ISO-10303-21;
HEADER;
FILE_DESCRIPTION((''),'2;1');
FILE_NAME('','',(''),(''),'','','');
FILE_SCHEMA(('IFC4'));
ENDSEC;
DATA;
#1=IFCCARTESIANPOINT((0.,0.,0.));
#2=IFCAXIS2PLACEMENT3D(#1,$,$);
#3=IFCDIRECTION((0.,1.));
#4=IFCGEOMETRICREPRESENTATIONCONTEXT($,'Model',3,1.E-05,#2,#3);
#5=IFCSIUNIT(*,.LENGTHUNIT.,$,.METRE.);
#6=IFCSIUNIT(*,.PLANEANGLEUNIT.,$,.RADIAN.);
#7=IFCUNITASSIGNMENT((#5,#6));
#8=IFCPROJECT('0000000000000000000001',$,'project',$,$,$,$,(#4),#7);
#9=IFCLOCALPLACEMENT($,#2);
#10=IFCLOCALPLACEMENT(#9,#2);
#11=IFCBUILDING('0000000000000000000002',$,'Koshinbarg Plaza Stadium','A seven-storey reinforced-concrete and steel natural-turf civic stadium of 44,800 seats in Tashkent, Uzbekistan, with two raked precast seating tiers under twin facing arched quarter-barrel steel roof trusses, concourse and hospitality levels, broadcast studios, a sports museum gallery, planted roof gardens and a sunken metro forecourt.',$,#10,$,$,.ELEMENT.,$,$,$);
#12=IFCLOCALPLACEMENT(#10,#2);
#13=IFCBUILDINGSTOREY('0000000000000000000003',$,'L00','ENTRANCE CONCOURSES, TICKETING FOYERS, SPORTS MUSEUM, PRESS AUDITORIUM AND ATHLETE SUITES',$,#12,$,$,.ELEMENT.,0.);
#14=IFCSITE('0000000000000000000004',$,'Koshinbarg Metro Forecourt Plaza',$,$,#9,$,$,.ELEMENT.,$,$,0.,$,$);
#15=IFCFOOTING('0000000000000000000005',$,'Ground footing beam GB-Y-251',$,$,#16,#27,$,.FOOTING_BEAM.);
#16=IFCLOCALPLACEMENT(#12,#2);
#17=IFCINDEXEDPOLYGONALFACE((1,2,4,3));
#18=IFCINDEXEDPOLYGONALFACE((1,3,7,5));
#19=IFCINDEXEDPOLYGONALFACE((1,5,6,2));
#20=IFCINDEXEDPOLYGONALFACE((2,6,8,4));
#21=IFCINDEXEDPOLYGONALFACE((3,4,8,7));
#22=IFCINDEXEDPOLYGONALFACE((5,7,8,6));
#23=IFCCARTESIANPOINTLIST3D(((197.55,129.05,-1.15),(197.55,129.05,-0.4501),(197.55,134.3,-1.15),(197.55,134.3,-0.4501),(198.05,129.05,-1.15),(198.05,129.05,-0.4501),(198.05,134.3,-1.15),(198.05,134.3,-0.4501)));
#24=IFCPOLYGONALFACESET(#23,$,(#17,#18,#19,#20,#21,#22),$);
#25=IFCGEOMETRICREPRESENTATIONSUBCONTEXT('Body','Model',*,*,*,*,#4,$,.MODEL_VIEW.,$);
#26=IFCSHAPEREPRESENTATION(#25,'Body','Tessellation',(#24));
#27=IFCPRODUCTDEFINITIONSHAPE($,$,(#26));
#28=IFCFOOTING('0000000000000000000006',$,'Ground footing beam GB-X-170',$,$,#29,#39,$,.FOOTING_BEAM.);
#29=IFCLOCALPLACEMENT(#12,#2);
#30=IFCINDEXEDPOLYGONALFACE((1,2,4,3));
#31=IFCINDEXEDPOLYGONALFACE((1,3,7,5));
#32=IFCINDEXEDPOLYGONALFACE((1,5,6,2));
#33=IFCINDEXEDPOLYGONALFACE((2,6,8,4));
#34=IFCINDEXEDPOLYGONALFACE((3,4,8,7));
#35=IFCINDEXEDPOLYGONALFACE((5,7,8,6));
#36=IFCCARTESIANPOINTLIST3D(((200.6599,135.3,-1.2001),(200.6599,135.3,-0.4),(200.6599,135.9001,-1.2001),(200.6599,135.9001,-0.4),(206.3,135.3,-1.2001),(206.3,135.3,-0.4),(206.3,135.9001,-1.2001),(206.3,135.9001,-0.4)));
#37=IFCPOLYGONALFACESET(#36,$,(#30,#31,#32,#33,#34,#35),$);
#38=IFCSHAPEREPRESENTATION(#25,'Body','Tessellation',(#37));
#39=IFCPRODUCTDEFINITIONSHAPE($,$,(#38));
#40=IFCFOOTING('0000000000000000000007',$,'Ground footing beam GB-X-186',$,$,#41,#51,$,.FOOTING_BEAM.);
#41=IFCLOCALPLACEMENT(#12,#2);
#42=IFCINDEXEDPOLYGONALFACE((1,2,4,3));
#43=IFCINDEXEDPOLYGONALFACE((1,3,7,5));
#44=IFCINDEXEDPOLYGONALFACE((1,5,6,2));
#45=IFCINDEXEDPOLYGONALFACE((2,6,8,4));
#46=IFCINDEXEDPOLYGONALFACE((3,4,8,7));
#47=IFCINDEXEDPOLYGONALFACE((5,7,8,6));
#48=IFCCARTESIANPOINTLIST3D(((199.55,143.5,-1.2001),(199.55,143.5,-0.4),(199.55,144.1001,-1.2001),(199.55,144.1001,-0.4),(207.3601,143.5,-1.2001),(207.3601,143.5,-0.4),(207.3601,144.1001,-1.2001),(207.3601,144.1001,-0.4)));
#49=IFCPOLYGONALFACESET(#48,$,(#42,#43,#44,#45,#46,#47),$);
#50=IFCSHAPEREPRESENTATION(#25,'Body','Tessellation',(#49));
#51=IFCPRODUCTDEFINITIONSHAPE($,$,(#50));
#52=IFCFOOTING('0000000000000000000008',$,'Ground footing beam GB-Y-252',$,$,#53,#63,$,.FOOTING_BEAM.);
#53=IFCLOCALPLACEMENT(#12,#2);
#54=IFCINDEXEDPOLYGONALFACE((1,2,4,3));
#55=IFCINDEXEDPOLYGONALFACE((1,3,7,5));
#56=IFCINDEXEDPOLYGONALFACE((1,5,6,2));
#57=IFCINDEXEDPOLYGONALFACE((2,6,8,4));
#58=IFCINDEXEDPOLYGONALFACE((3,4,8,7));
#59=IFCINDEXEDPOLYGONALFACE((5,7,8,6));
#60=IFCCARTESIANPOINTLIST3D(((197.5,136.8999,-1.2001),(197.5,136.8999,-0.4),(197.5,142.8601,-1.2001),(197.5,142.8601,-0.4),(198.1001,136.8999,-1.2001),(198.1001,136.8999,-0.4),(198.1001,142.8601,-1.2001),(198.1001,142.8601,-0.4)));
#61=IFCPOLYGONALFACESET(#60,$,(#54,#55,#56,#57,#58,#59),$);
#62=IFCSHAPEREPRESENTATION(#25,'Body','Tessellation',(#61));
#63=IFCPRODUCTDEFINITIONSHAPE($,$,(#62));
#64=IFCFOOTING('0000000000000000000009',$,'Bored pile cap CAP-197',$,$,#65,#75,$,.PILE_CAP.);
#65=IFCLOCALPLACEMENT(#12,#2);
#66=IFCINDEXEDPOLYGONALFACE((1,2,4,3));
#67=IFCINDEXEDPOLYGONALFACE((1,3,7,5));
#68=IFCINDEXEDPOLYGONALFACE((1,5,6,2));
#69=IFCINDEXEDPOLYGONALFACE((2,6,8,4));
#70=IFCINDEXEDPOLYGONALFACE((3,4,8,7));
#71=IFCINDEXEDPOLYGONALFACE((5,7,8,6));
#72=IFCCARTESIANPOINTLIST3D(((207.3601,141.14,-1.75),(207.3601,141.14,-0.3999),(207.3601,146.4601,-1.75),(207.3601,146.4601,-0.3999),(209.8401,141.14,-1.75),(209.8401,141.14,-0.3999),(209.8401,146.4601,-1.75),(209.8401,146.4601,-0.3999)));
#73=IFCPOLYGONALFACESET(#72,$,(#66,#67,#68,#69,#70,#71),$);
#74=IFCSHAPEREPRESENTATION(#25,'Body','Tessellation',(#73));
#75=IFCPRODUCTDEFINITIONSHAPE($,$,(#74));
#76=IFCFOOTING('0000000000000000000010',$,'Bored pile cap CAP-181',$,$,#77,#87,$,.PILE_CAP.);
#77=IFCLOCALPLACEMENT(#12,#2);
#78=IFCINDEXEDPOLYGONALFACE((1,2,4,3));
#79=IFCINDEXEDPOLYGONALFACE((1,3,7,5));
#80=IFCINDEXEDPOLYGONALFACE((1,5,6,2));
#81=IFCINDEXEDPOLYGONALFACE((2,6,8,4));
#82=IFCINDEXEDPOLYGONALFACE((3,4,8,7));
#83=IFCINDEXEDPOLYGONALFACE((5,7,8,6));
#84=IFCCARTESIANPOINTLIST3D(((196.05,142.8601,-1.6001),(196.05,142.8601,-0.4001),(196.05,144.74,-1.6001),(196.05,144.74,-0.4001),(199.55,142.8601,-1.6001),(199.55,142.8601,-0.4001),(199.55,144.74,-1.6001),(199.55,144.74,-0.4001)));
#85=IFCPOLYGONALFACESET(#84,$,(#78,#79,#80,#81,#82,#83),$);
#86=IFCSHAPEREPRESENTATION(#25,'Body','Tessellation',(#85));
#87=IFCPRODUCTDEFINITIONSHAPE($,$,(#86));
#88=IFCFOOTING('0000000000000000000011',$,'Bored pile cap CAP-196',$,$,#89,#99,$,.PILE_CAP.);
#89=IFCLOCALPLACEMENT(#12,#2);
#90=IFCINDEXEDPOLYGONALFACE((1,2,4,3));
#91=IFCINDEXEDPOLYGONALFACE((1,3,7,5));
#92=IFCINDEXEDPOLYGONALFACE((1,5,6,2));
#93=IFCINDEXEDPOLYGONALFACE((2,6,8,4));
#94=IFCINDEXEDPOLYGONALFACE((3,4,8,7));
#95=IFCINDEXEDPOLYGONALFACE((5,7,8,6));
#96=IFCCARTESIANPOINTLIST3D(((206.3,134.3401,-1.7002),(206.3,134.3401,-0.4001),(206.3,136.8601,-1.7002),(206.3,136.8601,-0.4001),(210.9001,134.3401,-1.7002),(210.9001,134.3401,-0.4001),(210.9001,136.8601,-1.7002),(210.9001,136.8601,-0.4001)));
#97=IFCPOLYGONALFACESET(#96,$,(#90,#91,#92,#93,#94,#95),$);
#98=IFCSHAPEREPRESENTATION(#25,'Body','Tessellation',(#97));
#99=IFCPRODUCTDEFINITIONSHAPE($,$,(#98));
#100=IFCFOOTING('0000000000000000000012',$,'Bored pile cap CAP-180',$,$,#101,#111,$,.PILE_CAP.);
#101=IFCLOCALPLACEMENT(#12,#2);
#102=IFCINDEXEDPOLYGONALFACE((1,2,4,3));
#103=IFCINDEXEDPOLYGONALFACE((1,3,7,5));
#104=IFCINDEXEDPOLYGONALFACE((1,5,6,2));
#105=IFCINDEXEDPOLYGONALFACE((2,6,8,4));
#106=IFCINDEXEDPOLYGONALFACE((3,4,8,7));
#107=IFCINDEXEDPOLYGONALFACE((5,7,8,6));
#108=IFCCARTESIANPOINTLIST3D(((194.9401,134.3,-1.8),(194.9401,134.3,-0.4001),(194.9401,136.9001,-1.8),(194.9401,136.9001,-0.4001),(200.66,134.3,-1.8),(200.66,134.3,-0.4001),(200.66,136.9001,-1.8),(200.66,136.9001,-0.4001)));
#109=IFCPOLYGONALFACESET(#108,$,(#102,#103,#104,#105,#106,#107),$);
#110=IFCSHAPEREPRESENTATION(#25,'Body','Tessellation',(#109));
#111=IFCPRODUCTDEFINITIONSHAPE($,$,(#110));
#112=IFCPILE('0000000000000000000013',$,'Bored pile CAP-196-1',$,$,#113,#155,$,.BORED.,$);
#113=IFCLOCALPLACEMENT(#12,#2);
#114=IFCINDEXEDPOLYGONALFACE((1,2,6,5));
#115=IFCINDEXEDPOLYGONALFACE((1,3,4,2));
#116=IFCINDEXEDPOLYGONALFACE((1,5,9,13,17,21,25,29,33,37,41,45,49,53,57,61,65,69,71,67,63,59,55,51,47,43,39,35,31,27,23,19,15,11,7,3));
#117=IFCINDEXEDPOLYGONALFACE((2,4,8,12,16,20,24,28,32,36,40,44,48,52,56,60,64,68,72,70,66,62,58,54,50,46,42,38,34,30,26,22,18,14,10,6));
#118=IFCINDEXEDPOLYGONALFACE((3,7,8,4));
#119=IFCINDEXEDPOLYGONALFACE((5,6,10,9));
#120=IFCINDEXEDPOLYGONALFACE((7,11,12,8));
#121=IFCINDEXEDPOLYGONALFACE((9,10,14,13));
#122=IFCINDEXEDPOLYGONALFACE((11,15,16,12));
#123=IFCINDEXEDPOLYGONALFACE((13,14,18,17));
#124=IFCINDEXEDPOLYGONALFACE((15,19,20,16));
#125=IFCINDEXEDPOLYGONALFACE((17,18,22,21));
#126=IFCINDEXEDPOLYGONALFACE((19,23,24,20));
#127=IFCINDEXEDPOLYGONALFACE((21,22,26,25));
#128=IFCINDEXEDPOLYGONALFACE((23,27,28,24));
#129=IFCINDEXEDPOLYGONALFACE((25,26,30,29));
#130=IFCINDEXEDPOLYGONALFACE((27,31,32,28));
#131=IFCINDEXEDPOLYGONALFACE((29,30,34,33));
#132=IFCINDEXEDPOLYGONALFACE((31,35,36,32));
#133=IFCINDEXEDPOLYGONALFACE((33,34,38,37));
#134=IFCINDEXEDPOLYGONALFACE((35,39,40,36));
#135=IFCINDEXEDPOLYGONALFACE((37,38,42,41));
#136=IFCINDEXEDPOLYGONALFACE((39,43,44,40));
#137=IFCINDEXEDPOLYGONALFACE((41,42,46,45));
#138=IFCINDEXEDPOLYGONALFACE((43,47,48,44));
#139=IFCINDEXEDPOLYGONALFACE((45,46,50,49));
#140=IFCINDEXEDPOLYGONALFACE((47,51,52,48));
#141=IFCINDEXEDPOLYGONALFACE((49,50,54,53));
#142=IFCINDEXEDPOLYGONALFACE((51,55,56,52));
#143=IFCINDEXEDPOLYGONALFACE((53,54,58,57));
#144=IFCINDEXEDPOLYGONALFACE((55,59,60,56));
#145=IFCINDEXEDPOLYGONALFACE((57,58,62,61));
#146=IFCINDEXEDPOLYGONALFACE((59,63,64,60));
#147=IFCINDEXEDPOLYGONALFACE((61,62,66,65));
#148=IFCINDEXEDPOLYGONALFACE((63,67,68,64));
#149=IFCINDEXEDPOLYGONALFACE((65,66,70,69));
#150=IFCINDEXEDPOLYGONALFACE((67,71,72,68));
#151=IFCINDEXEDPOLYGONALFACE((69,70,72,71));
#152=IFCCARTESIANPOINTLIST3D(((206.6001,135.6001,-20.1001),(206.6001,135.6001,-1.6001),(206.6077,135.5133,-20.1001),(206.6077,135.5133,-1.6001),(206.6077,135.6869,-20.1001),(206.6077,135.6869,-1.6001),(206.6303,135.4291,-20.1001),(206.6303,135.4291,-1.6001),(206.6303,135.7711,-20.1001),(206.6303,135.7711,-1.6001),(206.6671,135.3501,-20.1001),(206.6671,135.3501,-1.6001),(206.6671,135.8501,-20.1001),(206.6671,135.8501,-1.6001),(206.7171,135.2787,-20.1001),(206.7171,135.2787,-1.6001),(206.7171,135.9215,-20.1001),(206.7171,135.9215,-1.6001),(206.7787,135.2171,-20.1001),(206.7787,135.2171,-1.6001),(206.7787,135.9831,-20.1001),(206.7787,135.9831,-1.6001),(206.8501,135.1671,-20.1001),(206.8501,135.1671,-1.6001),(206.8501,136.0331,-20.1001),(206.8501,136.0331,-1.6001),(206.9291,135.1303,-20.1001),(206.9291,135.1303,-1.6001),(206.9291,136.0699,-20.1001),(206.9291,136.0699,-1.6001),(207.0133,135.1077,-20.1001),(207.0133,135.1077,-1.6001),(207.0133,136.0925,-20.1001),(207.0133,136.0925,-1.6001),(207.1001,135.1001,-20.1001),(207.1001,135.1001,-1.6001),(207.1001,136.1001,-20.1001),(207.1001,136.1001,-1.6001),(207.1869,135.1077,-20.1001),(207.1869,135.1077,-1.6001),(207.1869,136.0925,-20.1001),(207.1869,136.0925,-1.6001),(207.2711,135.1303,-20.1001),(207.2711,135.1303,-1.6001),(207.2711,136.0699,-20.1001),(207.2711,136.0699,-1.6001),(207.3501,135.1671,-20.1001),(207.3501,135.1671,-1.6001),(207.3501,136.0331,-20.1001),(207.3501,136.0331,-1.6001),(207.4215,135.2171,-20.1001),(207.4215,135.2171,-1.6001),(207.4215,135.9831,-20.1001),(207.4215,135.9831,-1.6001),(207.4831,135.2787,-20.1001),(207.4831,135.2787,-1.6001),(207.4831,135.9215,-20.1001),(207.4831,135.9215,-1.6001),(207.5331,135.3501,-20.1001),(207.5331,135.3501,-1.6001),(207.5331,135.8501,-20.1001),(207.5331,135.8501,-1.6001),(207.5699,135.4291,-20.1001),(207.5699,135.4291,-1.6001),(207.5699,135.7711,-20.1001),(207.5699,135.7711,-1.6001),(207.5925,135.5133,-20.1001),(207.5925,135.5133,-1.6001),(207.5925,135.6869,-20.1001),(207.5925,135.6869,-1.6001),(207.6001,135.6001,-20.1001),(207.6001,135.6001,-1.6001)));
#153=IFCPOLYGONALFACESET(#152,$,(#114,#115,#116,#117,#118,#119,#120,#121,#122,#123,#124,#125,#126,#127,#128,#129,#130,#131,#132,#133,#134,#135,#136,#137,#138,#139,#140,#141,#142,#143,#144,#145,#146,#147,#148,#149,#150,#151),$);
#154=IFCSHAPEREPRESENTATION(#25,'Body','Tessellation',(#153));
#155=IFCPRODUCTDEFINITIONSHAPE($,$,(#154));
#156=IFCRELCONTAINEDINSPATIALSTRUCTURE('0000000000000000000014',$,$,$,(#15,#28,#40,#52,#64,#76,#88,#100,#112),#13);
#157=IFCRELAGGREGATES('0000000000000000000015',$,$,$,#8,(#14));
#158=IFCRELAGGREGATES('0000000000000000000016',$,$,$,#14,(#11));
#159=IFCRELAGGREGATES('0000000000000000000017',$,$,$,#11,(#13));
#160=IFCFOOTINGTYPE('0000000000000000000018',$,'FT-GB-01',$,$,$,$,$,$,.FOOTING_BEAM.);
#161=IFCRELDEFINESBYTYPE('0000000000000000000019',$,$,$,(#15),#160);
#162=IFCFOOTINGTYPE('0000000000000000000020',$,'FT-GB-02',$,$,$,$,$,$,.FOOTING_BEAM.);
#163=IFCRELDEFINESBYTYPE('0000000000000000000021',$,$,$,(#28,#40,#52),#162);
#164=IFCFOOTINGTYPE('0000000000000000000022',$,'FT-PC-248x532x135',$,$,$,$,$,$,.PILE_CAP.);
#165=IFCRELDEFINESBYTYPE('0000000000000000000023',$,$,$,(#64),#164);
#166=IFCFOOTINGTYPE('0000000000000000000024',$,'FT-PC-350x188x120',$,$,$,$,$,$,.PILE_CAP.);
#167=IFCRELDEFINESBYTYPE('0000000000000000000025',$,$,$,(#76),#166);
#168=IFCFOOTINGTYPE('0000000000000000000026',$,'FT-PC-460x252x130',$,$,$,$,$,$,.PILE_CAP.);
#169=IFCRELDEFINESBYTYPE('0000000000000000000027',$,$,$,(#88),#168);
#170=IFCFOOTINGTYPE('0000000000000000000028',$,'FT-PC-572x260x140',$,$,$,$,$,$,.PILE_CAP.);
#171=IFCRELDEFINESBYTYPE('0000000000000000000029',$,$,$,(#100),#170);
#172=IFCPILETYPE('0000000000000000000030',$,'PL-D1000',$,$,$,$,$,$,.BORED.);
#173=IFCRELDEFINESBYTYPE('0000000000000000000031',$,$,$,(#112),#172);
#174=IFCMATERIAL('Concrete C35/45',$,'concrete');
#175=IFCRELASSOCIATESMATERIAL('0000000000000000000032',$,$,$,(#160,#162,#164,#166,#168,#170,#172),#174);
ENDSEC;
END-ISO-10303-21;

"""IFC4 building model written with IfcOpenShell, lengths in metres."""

from ifc_helpers import new_model, si_unit, direction, frame, origin, origin_2d, place, context, subcontext, project, spatial, rectangle, circle, extrude, material, material_profile, profile_set, type_object, element, save


model = new_model("IFC4")

# Units and contexts
model_context = context("Model", 3, precision=1e-05, world=origin(), true_north=direction((0.0, 1.0)))
body_context = subcontext(model_context, "Body", "Model", "MODEL_VIEW")
ifc_project = project(units=[si_unit("LENGTHUNIT", "METRE"), si_unit("PLANEANGLEUNIT", "RADIAN")], contexts=[model_context])

# Site, building, storey
site_placement = place(None, origin())
site = spatial("IfcSite", under=ifc_project, at=site_placement, Name="Koshinbarg Metro Forecourt Plaza", CompositionType="ELEMENT", RefElevation=0.0)
building_placement = place(site_placement, origin())
building = spatial("IfcBuilding", under=site, at=building_placement, Name="Koshinbarg Plaza Stadium", Description="A seven-storey reinforced-concrete and steel natural-turf civic stadium of 44,800 seats in Tashkent, Uzbekistan, with two raked precast seating tiers under twin facing arched quarter-barrel steel roof trusses, concourse and hospitality levels, broadcast studios, a sports museum gallery, planted roof gardens and a sunken metro forecourt.", CompositionType="ELEMENT")
storey_placement = place(building_placement, origin())
storey = spatial("IfcBuildingStorey", under=building, at=storey_placement, Name="L00", Description="ENTRANCE CONCOURSES, TICKETING FOYERS, SPORTS MUSEUM, PRESS AUDITORIUM AND ATHLETE SUITES", CompositionType="ELEMENT", Elevation=0.0)

# Footings
ifc_material_1 = material(Name="Concrete C35/45", Category="concrete")
ifc_material_profile_1 = material_profile(ifc_material_1, rectangle(XDim=0.5, YDim=0.7, at=origin_2d()), Name="GB 500x700")
ifc_profile_set_1 = profile_set([ifc_material_profile_1], Name="Concrete C35/45")
footing_type_1 = type_object("IfcFootingType", Name="FT-GB-01", PredefinedType="FOOTING_BEAM", material=ifc_profile_set_1)
footing_1_placement = place(storey_placement, frame((197.8, 129.05, -0.8), z_axis=(0.0, 1.0, 0.0), x_axis=(-1.0, 0.0, 0.0)))
element("IfcFooting", 1, at=footing_1_placement, inside=storey, type_object=footing_type_1, Name="Ground footing beam GB-Y-251", PredefinedType="FOOTING_BEAM", context=body_context, shape_type="SweptSolid", body=[
    extrude(rectangle(XDim=0.5, YDim=0.7, at=origin_2d()), origin(), (0.0, 0.0, 1.0), 5.25),
])
ifc_material_profile_2 = material_profile(ifc_material_1, rectangle(XDim=0.6001, YDim=0.8, at=origin_2d()), Name="GB 600x800")
ifc_profile_set_2 = profile_set([ifc_material_profile_2], Name="Concrete C35/45")
footing_type_2 = type_object("IfcFootingType", Name="FT-GB-02", PredefinedType="FOOTING_BEAM", material=ifc_profile_set_2)
footing_2_placement = place(storey_placement, frame((200.6599, 135.6001, -0.8), z_axis=(1.0, 0.0, 0.0), x_axis=(0.0, 1.0, 0.0)))
element("IfcFooting", 2, at=footing_2_placement, inside=storey, type_object=footing_type_2, Name="Ground footing beam GB-X-170", PredefinedType="FOOTING_BEAM", context=body_context, shape_type="SweptSolid", body=[
    extrude(rectangle(XDim=0.6001, YDim=0.8, at=origin_2d()), origin(), (0.0, 0.0, 1.0), 5.6401),
])
footing_3_placement = place(storey_placement, frame((199.55, 143.8, -0.8), z_axis=(1.0, 0.0, 0.0), x_axis=(0.0, 1.0, 0.0)))
element("IfcFooting", 3, at=footing_3_placement, inside=storey, type_object=footing_type_2, Name="Ground footing beam GB-X-186", PredefinedType="FOOTING_BEAM", context=body_context, shape_type="SweptSolid", body=[
    extrude(rectangle(XDim=0.6001, YDim=0.8, at=origin_2d()), origin(), (0.0, 0.0, 1.0), 7.8101),
])
footing_4_placement = place(storey_placement, frame((197.8, 136.8999, -0.8), z_axis=(0.0, 1.0, 0.0), x_axis=(-1.0, 0.0, 0.0)))
element("IfcFooting", 4, at=footing_4_placement, inside=storey, type_object=footing_type_2, Name="Ground footing beam GB-Y-252", PredefinedType="FOOTING_BEAM", context=body_context, shape_type="SweptSolid", body=[
    extrude(rectangle(XDim=0.6001, YDim=0.8, at=origin_2d()), origin(), (0.0, 0.0, 1.0), 5.9602),
])
footing_type_3 = type_object("IfcFootingType", Name="FT-PC-248x532x135", PredefinedType="PILE_CAP", material=ifc_material_1)
footing_5_placement = place(storey_placement, frame((208.6001, 143.8, -1.75), z_axis=(0.0, 0.0, 1.0), x_axis=(1.0, 0.0, 0.0)))
element("IfcFooting", 5, at=footing_5_placement, inside=storey, type_object=footing_type_3, Name="Bored pile cap CAP-197", PredefinedType="PILE_CAP", context=body_context, shape_type="SweptSolid", body=[
    extrude(rectangle(XDim=2.48, YDim=5.3201, at=origin_2d()), origin(), (0.0, 0.0, 1.0), 1.3501),
])
footing_type_4 = type_object("IfcFootingType", Name="FT-PC-350x188x120", PredefinedType="PILE_CAP", material=ifc_material_1)
footing_6_placement = place(storey_placement, frame((197.8, 143.8, -1.6001), z_axis=(0.0, 0.0, 1.0), x_axis=(1.0, 0.0, 0.0)))
element("IfcFooting", 6, at=footing_6_placement, inside=storey, type_object=footing_type_4, Name="Bored pile cap CAP-181", PredefinedType="PILE_CAP", context=body_context, shape_type="SweptSolid", body=[
    extrude(rectangle(XDim=3.5, YDim=1.8799, at=origin_2d()), origin(), (0.0, 0.0, 1.0), 1.2),
])
footing_type_5 = type_object("IfcFootingType", Name="FT-PC-460x252x130", PredefinedType="PILE_CAP", material=ifc_material_1)
footing_7_placement = place(storey_placement, frame((208.6001, 135.6001, -1.7002), z_axis=(0.0, 0.0, 1.0), x_axis=(1.0, 0.0, 0.0)))
element("IfcFooting", 7, at=footing_7_placement, inside=storey, type_object=footing_type_5, Name="Bored pile cap CAP-196", PredefinedType="PILE_CAP", context=body_context, shape_type="SweptSolid", body=[
    extrude(rectangle(XDim=4.6001, YDim=2.52, at=origin_2d()), origin(), (0.0, 0.0, 1.0), 1.3),
])
footing_type_6 = type_object("IfcFootingType", Name="FT-PC-572x260x140", PredefinedType="PILE_CAP", material=ifc_material_1)
footing_8_placement = place(storey_placement, frame((197.8, 135.6001, -1.8), z_axis=(0.0, 0.0, 1.0), x_axis=(1.0, 0.0, 0.0)))
element("IfcFooting", 8, at=footing_8_placement, inside=storey, type_object=footing_type_6, Name="Bored pile cap CAP-180", PredefinedType="PILE_CAP", context=body_context, shape_type="SweptSolid", body=[
    extrude(rectangle(XDim=5.72, YDim=2.6001, at=origin_2d()), origin(), (0.0, 0.0, 1.0), 1.3999),
])

# Pile
ifc_material_profile_3 = material_profile(ifc_material_1, circle(Radius=0.5, at=origin_2d()), Name="PILE D1000")
ifc_profile_set_3 = profile_set([ifc_material_profile_3], Name="Concrete C35/45")
pile_type_1 = type_object("IfcPileType", Name="PL-D1000", PredefinedType="BORED", material=ifc_profile_set_3)
pile_placement = place(storey_placement, frame((207.1001, 135.6001, -1.6001), z_axis=(0.0, 0.0, -1.0), x_axis=(1.0, 0.0, 0.0)))
element("IfcPile", 9, at=pile_placement, inside=storey, type_object=pile_type_1, Name="Bored pile CAP-196-1", PredefinedType="BORED", context=body_context, shape_type="SweptSolid", body=[
    extrude(circle(Radius=0.5, at=origin_2d()), origin(), (0.0, 0.0, 1.0), 18.5),
])

save(model, "model.ifc")
